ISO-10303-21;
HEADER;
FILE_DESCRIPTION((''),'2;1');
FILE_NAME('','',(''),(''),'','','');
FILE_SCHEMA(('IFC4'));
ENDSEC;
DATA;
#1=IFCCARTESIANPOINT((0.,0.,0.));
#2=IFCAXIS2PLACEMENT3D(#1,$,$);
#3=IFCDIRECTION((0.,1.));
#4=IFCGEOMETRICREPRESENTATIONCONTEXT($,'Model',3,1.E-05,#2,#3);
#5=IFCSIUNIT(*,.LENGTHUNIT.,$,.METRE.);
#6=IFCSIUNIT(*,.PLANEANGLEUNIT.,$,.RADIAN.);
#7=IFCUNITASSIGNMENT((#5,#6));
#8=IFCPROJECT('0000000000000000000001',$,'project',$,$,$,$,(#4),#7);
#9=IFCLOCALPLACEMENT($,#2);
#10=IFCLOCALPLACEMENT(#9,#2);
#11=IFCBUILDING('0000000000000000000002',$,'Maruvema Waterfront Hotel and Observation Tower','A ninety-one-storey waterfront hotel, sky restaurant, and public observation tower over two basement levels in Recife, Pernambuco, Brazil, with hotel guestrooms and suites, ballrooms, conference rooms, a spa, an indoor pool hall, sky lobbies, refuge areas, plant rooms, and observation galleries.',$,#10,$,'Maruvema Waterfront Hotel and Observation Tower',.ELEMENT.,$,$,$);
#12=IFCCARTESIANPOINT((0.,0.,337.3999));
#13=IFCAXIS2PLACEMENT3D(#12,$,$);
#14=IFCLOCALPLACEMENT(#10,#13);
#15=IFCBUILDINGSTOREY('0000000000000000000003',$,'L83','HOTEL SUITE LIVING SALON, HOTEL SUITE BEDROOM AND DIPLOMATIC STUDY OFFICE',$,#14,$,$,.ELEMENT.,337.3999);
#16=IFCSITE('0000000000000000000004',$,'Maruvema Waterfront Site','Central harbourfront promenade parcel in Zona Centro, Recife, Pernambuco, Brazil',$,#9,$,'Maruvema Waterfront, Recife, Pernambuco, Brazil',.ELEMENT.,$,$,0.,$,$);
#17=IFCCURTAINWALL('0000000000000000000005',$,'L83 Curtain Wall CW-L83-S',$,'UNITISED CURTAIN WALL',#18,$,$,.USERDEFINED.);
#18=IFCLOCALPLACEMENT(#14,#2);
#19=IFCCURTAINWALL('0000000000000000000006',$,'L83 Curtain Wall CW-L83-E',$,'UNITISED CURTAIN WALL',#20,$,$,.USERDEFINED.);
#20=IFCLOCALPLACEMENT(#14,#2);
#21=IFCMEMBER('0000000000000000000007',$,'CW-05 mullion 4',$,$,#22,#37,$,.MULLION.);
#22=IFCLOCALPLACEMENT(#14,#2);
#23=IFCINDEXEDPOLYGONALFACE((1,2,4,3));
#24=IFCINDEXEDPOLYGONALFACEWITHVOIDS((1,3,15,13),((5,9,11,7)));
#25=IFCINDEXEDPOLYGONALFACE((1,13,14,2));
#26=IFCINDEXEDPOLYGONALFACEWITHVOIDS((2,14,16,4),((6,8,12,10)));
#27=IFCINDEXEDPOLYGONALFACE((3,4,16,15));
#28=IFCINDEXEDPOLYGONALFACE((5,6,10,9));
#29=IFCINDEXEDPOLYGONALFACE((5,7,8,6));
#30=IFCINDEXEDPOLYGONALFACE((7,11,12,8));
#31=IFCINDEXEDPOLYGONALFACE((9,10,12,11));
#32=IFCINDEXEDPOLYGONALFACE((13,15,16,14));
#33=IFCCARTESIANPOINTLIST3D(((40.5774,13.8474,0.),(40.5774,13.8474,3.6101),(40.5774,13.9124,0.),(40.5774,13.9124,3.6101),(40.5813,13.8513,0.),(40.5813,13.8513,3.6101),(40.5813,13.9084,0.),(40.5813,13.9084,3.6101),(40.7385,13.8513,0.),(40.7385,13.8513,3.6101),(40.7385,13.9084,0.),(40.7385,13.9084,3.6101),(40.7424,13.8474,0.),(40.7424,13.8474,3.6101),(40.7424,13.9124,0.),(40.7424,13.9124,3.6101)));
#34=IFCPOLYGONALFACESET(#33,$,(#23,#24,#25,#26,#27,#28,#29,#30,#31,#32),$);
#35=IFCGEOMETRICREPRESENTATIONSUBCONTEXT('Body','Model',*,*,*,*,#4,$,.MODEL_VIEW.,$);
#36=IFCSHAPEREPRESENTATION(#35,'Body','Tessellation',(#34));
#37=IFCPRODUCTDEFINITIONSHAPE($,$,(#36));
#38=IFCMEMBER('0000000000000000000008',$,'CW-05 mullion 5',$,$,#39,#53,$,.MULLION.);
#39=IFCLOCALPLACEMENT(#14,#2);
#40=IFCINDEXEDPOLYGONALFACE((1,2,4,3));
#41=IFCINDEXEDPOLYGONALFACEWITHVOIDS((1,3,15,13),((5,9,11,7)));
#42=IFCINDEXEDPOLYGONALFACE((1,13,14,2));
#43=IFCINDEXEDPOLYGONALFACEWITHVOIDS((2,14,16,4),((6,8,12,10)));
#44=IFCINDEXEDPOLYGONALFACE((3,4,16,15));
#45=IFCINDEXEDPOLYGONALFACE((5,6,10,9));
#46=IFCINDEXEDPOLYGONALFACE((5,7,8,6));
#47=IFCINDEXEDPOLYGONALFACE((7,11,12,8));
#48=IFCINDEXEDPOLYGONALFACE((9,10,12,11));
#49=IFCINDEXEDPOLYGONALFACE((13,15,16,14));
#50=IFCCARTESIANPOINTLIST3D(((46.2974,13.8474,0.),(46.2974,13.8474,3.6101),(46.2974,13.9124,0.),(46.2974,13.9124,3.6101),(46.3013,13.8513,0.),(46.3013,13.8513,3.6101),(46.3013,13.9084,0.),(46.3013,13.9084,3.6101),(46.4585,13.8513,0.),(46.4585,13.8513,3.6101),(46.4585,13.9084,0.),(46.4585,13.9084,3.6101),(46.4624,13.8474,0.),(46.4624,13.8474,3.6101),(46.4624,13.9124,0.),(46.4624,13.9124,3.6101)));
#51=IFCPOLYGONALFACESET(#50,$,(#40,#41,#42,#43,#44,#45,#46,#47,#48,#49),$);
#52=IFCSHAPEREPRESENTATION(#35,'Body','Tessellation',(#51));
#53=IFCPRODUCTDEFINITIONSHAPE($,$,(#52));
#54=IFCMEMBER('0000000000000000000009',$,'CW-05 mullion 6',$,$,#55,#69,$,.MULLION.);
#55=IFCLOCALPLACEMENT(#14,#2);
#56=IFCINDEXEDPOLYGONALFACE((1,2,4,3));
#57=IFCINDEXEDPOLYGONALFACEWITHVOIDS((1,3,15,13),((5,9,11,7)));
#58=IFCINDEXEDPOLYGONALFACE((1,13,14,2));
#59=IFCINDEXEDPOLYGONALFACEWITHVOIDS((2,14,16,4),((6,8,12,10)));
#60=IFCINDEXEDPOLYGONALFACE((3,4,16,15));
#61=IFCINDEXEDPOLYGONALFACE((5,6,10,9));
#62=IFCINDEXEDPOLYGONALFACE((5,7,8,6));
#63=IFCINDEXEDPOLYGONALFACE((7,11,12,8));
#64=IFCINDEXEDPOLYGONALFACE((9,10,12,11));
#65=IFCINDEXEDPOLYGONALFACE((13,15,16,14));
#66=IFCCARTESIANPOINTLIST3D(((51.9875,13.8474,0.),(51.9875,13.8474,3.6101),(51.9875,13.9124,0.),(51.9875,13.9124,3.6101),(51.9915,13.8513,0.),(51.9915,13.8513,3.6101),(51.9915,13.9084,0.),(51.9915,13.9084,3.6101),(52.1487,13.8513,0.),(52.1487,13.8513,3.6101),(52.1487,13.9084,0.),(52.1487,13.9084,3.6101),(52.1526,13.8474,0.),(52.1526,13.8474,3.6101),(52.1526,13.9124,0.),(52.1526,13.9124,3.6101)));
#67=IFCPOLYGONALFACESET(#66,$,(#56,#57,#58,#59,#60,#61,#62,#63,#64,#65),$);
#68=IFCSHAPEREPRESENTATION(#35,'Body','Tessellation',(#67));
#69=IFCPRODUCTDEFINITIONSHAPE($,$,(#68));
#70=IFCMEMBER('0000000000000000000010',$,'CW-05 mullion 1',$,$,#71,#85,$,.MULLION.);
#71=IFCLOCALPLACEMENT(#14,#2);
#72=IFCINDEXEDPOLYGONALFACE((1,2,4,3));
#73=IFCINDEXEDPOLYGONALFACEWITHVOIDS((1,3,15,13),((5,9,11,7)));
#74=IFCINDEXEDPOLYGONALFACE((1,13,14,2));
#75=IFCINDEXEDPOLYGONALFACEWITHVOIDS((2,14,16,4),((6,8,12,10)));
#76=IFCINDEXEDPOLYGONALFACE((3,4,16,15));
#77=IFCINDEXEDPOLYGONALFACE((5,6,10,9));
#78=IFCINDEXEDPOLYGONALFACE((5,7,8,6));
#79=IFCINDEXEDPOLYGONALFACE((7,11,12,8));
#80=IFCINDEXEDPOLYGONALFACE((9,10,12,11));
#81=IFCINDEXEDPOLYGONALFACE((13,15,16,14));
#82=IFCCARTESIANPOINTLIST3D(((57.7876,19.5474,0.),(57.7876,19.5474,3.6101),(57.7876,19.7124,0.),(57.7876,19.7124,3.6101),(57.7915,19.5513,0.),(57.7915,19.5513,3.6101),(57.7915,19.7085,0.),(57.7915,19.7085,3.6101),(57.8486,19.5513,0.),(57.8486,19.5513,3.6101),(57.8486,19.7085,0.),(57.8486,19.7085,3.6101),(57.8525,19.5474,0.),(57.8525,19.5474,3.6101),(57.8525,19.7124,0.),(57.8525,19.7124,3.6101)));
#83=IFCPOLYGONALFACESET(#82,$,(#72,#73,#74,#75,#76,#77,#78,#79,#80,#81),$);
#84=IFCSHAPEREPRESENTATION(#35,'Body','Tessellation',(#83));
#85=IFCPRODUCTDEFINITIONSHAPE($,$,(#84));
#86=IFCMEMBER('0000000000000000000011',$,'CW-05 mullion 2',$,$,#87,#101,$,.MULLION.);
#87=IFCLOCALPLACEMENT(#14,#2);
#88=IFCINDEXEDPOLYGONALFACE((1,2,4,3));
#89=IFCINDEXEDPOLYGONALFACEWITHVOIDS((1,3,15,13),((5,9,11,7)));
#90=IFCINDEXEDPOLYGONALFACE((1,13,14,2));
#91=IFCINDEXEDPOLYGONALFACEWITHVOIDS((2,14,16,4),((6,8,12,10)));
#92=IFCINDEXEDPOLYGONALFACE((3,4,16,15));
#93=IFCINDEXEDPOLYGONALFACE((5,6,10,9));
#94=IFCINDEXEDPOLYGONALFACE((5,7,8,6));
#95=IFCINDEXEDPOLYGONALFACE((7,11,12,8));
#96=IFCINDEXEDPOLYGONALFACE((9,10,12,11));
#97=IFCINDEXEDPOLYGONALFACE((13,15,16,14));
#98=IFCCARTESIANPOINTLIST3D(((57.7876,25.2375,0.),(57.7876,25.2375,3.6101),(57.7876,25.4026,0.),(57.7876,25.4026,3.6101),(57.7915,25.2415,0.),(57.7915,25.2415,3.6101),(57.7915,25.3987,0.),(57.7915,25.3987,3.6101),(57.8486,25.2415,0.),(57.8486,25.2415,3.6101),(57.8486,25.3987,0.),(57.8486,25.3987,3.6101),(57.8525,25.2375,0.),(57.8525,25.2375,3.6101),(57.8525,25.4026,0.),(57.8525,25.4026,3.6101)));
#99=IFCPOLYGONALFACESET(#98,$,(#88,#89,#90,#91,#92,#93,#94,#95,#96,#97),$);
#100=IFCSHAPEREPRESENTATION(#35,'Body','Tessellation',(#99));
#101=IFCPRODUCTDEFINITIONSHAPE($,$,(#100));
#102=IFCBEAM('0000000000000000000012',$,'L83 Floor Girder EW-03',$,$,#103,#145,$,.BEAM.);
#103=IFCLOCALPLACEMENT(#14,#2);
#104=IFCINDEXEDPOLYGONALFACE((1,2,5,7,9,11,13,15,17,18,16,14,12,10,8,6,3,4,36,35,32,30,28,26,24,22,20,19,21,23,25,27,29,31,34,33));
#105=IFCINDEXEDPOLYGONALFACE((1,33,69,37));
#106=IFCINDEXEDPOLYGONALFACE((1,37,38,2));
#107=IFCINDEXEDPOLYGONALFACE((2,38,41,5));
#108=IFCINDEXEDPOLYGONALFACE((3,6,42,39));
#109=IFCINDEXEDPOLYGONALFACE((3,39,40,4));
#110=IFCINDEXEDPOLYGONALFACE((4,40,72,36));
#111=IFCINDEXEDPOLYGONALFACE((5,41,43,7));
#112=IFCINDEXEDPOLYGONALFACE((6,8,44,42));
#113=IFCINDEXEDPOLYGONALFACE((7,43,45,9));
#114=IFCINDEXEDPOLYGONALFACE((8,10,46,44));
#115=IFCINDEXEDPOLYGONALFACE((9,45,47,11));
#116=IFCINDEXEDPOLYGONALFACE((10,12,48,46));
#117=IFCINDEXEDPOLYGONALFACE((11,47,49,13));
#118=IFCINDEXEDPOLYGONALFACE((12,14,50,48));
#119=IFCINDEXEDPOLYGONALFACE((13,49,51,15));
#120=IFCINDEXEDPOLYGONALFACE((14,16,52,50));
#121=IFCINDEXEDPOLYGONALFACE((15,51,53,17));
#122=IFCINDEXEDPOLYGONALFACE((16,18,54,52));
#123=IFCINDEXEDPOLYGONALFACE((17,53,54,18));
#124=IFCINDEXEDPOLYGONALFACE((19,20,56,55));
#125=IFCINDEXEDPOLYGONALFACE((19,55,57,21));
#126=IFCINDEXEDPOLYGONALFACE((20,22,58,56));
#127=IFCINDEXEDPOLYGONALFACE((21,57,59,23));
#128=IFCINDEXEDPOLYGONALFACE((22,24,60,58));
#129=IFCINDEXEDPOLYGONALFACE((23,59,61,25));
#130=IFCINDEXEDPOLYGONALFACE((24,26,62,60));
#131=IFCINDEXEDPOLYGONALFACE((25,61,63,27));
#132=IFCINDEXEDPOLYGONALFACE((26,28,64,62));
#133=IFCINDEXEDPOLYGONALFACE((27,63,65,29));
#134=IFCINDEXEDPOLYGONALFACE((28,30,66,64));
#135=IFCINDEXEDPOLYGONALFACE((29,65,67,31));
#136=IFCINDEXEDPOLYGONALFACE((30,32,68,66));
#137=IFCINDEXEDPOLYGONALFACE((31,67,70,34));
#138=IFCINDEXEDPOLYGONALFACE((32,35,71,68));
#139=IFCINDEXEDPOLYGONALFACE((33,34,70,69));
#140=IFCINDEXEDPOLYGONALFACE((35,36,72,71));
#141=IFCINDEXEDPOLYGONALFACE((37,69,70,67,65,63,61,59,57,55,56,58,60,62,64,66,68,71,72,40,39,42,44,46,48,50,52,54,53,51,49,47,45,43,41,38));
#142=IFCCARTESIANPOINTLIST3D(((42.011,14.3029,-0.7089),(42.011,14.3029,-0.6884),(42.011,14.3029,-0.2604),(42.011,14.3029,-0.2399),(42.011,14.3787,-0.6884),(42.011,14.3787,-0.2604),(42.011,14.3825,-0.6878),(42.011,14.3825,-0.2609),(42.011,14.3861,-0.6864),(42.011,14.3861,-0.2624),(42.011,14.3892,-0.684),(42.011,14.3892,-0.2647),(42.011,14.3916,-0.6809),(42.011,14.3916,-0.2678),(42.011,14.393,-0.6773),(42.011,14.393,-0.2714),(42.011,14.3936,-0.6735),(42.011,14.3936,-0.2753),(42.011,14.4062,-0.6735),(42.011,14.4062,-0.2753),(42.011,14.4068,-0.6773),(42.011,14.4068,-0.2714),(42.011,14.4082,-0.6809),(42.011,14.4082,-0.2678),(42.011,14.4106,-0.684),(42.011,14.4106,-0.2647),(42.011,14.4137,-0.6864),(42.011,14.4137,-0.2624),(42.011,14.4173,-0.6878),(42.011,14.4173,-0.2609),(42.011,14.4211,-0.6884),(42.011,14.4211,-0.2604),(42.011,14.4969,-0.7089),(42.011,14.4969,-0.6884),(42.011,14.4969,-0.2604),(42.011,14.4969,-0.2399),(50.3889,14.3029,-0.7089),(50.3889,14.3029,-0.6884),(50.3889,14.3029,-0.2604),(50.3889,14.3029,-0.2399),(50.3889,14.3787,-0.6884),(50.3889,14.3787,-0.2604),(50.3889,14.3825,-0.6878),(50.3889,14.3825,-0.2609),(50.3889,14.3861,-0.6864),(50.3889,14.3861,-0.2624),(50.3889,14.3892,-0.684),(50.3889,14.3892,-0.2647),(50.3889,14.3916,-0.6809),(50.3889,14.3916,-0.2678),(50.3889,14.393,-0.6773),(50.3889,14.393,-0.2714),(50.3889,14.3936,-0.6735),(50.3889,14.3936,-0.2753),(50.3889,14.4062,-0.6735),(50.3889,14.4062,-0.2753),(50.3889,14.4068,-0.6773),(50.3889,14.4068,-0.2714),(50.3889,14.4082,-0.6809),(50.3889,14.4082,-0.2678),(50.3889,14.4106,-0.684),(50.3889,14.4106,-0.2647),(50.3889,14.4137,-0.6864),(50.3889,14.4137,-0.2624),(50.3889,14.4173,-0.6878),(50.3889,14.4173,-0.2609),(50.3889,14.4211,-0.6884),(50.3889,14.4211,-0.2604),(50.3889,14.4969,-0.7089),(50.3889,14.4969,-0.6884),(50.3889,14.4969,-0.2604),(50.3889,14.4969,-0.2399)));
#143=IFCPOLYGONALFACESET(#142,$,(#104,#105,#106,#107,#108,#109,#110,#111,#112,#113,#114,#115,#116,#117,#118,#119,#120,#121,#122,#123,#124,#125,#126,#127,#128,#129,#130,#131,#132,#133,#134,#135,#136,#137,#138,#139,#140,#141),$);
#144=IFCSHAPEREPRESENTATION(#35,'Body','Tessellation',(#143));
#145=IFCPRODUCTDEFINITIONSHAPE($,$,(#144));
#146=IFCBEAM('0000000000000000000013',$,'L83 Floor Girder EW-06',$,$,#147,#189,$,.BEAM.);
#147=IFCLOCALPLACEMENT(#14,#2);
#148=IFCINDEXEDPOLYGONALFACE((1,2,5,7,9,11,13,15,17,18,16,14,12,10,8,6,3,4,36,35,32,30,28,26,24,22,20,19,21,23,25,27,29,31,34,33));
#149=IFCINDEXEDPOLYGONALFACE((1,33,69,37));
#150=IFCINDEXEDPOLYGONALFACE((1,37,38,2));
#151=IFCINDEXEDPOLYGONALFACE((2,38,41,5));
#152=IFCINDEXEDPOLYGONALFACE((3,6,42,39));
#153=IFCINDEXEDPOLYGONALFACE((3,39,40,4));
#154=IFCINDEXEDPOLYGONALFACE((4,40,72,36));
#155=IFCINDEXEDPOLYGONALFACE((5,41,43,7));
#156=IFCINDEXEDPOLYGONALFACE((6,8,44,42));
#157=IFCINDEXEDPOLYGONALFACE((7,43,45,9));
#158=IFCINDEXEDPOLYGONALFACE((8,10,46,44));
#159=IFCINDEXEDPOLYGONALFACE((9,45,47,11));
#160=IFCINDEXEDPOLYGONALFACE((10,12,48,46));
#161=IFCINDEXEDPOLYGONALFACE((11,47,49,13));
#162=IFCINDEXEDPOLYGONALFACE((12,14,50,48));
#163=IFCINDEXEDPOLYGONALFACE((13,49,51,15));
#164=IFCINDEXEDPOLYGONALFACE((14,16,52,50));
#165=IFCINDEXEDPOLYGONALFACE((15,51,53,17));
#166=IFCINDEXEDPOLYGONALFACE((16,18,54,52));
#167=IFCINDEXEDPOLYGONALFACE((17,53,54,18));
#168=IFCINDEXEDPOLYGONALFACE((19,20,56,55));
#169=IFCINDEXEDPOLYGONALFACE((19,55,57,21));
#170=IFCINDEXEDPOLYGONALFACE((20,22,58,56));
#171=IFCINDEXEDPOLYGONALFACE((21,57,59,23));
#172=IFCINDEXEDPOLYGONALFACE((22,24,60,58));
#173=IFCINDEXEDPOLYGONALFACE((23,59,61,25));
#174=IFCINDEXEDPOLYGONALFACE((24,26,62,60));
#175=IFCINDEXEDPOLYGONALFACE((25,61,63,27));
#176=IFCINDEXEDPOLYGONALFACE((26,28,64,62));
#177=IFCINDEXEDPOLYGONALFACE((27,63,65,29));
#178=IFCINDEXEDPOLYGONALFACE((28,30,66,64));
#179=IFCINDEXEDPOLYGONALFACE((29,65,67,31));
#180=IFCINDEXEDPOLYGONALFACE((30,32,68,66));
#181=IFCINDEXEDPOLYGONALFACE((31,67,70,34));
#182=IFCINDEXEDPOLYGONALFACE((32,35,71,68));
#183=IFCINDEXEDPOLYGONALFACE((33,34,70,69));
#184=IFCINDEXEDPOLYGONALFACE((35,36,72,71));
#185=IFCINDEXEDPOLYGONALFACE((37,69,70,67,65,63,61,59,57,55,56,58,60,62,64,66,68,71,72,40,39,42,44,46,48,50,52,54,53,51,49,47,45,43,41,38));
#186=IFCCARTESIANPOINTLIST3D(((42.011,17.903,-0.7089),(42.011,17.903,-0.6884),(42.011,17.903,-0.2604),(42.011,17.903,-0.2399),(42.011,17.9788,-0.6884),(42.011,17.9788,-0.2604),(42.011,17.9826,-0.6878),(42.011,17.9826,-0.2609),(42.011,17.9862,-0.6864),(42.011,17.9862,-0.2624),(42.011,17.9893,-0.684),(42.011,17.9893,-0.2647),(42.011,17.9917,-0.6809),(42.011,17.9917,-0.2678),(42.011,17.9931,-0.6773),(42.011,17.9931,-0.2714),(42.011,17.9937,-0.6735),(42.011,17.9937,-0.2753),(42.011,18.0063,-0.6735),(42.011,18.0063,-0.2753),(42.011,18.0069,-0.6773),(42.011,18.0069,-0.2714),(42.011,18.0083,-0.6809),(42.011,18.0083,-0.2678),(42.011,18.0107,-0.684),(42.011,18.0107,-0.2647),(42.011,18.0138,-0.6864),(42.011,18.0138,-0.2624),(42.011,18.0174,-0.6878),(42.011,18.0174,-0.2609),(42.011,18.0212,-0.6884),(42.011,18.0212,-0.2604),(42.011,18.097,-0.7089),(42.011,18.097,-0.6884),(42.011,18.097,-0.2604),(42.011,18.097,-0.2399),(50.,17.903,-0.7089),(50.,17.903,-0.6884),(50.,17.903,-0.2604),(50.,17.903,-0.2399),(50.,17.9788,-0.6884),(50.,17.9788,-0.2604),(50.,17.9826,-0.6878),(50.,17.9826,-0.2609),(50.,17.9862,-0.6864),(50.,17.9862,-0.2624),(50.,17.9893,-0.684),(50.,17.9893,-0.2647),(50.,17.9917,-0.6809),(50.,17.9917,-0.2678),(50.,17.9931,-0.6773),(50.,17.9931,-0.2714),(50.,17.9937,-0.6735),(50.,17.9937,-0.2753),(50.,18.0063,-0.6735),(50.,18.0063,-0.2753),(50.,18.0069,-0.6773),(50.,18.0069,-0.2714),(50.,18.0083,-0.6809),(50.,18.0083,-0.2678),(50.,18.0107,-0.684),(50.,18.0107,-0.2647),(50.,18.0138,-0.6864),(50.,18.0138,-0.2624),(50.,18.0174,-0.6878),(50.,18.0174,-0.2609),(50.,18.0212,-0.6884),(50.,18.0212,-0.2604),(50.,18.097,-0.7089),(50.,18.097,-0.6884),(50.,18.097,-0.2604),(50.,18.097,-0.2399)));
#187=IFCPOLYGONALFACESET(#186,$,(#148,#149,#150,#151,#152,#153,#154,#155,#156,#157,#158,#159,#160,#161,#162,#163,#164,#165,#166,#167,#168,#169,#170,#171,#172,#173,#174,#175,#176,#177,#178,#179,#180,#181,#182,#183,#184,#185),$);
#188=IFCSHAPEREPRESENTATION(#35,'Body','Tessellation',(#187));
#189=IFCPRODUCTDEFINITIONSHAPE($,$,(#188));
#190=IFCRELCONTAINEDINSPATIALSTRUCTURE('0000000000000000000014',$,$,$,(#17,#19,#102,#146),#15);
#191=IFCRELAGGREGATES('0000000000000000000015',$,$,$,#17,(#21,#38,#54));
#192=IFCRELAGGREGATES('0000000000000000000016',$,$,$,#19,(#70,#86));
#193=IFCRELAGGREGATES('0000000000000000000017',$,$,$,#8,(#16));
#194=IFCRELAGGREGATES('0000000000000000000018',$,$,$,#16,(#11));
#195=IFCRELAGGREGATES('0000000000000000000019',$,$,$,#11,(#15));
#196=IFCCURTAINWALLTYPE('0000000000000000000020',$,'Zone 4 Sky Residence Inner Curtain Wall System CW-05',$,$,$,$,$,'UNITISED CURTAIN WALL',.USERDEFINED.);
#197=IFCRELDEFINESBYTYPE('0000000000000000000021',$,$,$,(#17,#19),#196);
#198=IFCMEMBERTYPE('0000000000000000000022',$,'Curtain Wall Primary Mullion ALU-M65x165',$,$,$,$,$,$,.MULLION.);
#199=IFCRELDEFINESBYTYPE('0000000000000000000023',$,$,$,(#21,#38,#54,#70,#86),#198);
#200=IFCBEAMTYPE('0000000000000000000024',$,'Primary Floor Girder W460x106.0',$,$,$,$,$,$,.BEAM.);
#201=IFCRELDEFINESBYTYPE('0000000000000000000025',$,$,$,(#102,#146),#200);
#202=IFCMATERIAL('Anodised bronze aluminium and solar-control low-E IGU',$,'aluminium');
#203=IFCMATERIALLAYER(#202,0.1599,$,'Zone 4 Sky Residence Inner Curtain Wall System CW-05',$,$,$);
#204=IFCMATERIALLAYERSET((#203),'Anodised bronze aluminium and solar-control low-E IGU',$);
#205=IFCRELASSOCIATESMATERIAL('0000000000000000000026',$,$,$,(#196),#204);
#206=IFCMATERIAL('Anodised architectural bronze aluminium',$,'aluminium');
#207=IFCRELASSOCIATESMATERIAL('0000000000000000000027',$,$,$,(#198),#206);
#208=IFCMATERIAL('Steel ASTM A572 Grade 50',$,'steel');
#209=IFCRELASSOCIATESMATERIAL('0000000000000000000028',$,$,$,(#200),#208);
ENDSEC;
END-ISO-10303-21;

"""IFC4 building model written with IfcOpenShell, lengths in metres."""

from ifc_helpers import new_model, si_unit, direction, frame, origin, origin_2d, place, context, subcontext, project, spatial, hollow_rectangle, i_section, extrude, material, layer, layer_set, material_profile, profile_set, type_object, element, aggregate, save


model = new_model("IFC4")

# Units and contexts
model_context = context("Model", 3, precision=1e-05, world=origin(), true_north=direction((0.0, 1.0)))
body_context = subcontext(model_context, "Body", "Model", "MODEL_VIEW")
ifc_project = project(units=[si_unit("LENGTHUNIT", "METRE"), si_unit("PLANEANGLEUNIT", "RADIAN")], contexts=[model_context])

# Site, building, storey
site_placement = place(None, origin())
site = spatial("IfcSite", under=ifc_project, at=site_placement, Name="Maruvema Waterfront Site", Description="Central harbourfront promenade parcel in Zona Centro, Recife, Pernambuco, Brazil", LongName="Maruvema Waterfront, Recife, Pernambuco, Brazil", CompositionType="ELEMENT", RefElevation=0.0)
building_placement = place(site_placement, origin())
building = spatial("IfcBuilding", under=site, at=building_placement, Name="Maruvema Waterfront Hotel and Observation Tower", Description="A ninety-one-storey waterfront hotel, sky restaurant, and public observation tower over two basement levels in Recife, Pernambuco, Brazil, with hotel guestrooms and suites, ballrooms, conference rooms, a spa, an indoor pool hall, sky lobbies, refuge areas, plant rooms, and observation galleries.", LongName="Maruvema Waterfront Hotel and Observation Tower", CompositionType="ELEMENT")
storey_placement = place(building_placement, frame((0.0, 0.0, 337.3999)))
storey = spatial("IfcBuildingStorey", under=building, at=storey_placement, Name="L83", Description="HOTEL SUITE LIVING SALON, HOTEL SUITE BEDROOM AND DIPLOMATIC STUDY OFFICE", CompositionType="ELEMENT", Elevation=337.3999)

# Curtain walls
ifc_material_1 = material(Name="Anodised bronze aluminium and solar-control low-E IGU", Category="aluminium")
ifc_layer_1 = layer(ifc_material_1, 0.1599, Name="Zone 4 Sky Residence Inner Curtain Wall System CW-05")
ifc_layer_set_1 = layer_set([ifc_layer_1], Name="Anodised bronze aluminium and solar-control low-E IGU")
curtain_wall_type = type_object("IfcCurtainWallType", Name="Zone 4 Sky Residence Inner Curtain Wall System CW-05", ElementType="UNITISED CURTAIN WALL", PredefinedType="USERDEFINED", material=ifc_layer_set_1)
curtain_wall_1_placement = place(storey_placement, origin())
curtain_wall_1 = element("IfcCurtainWall", 1, at=curtain_wall_1_placement, inside=storey, type_object=curtain_wall_type, Name="L83 Curtain Wall CW-L83-S", ObjectType="UNITISED CURTAIN WALL", PredefinedType="USERDEFINED")
curtain_wall_2_placement = place(storey_placement, origin())
curtain_wall_2 = element("IfcCurtainWall", 2, at=curtain_wall_2_placement, inside=storey, type_object=curtain_wall_type, Name="L83 Curtain Wall CW-L83-E", ObjectType="UNITISED CURTAIN WALL", PredefinedType="USERDEFINED")

# Members
ifc_material_2 = material(Name="Anodised architectural bronze aluminium", Category="aluminium")
ifc_material_profile_1 = material_profile(ifc_material_2, hollow_rectangle(XDim=0.0649, YDim=0.165, WallThickness=0.0039, at=origin_2d()), Name="ALU-M65x165")
ifc_profile_set_1 = profile_set([ifc_material_profile_1], Name="Anodised architectural bronze aluminium")
member_type_1 = type_object("IfcMemberType", Name="Curtain Wall Primary Mullion ALU-M65x165", PredefinedType="MULLION", material=ifc_profile_set_1)
member_1_placement = place(storey_placement, frame((40.6599, 13.8799, 0.0), z_axis=(0.0, 0.0, 1.0), x_axis=(0.0, 1.0, 0.0)))
member_1 = element("IfcMember", 3, at=member_1_placement, type_object=member_type_1, Name="CW-05 mullion 4", PredefinedType="MULLION", context=body_context, shape_type="SweptSolid", body=[
    extrude(hollow_rectangle(XDim=0.0649, YDim=0.165, WallThickness=0.0039, at=origin_2d()), origin(), (0.0, 0.0, 1.0), 3.6101),
])
member_2_placement = place(storey_placement, frame((46.3799, 13.8799, 0.0), z_axis=(0.0, 0.0, 1.0), x_axis=(0.0, 1.0, 0.0)))
member_2 = element("IfcMember", 4, at=member_2_placement, type_object=member_type_1, Name="CW-05 mullion 5", PredefinedType="MULLION", context=body_context, shape_type="SweptSolid", body=[
    extrude(hollow_rectangle(XDim=0.0649, YDim=0.165, WallThickness=0.0039, at=origin_2d()), origin(), (0.0, 0.0, 1.0), 3.6101),
])
member_3_placement = place(storey_placement, frame((52.0701, 13.8799, 0.0), z_axis=(0.0, 0.0, 1.0), x_axis=(0.0, 1.0, 0.0)))
member_3 = element("IfcMember", 5, at=member_3_placement, type_object=member_type_1, Name="CW-05 mullion 6", PredefinedType="MULLION", context=body_context, shape_type="SweptSolid", body=[
    extrude(hollow_rectangle(XDim=0.0649, YDim=0.165, WallThickness=0.0039, at=origin_2d()), origin(), (0.0, 0.0, 1.0), 3.6101),
])
member_4_placement = place(storey_placement, frame((57.8201, 19.6299, 0.0), z_axis=(0.0, 0.0, 1.0), x_axis=(-1.0, 0.0, 0.0)))
member_4 = element("IfcMember", 6, at=member_4_placement, type_object=member_type_1, Name="CW-05 mullion 1", PredefinedType="MULLION", context=body_context, shape_type="SweptSolid", body=[
    extrude(hollow_rectangle(XDim=0.0649, YDim=0.165, WallThickness=0.0039, at=origin_2d()), origin(), (0.0, 0.0, 1.0), 3.6101),
])
member_5_placement = place(storey_placement, frame((57.8201, 25.3201, 0.0), z_axis=(0.0, 0.0, 1.0), x_axis=(-1.0, 0.0, 0.0)))
member_5 = element("IfcMember", 7, at=member_5_placement, type_object=member_type_1, Name="CW-05 mullion 2", PredefinedType="MULLION", context=body_context, shape_type="SweptSolid", body=[
    extrude(hollow_rectangle(XDim=0.0649, YDim=0.165, WallThickness=0.0039, at=origin_2d()), origin(), (0.0, 0.0, 1.0), 3.6101),
])

# Beams
ifc_material_3 = material(Name="Steel ASTM A572 Grade 50", Category="steel")
ifc_material_profile_2 = material_profile(ifc_material_3, i_section(OverallWidth=0.1941, OverallDepth=0.469, WebThickness=0.0127, FlangeThickness=0.0205, FilletRadius=0.0149, at=origin_2d()), Name="W460x106.0")
ifc_profile_set_2 = profile_set([ifc_material_profile_2], Name="Steel ASTM A572 Grade 50")
beam_type_1 = type_object("IfcBeamType", Name="Primary Floor Girder W460x106.0", PredefinedType="BEAM", material=ifc_profile_set_2)
beam_1_placement = place(storey_placement, frame((42.011, 14.3999, -0.4744), z_axis=(1.0, 0.0, 0.0), x_axis=(0.0, 1.0, 0.0)))
element("IfcBeam", 8, at=beam_1_placement, inside=storey, type_object=beam_type_1, Name="L83 Floor Girder EW-03", PredefinedType="BEAM", context=body_context, shape_type="SweptSolid", body=[
    extrude(i_section(OverallWidth=0.1941, OverallDepth=0.469, WebThickness=0.0127, FlangeThickness=0.0205, FilletRadius=0.0149, at=origin_2d()), origin(), (0.0, 0.0, 1.0), 8.3779),
])
beam_2_placement = place(storey_placement, frame((42.011, 18.0, -0.4744), z_axis=(1.0, 0.0, 0.0), x_axis=(0.0, 1.0, 0.0)))
element("IfcBeam", 9, at=beam_2_placement, inside=storey, type_object=beam_type_1, Name="L83 Floor Girder EW-06", PredefinedType="BEAM", context=body_context, shape_type="SweptSolid", body=[
    extrude(i_section(OverallWidth=0.1941, OverallDepth=0.469, WebThickness=0.0127, FlangeThickness=0.0205, FilletRadius=0.0149, at=origin_2d()), origin(), (0.0, 0.0, 1.0), 7.989),
])

aggregate(curtain_wall_1, [member_1, member_2, member_3])
aggregate(curtain_wall_2, [member_4, member_5])

save(model, "model.ifc")
